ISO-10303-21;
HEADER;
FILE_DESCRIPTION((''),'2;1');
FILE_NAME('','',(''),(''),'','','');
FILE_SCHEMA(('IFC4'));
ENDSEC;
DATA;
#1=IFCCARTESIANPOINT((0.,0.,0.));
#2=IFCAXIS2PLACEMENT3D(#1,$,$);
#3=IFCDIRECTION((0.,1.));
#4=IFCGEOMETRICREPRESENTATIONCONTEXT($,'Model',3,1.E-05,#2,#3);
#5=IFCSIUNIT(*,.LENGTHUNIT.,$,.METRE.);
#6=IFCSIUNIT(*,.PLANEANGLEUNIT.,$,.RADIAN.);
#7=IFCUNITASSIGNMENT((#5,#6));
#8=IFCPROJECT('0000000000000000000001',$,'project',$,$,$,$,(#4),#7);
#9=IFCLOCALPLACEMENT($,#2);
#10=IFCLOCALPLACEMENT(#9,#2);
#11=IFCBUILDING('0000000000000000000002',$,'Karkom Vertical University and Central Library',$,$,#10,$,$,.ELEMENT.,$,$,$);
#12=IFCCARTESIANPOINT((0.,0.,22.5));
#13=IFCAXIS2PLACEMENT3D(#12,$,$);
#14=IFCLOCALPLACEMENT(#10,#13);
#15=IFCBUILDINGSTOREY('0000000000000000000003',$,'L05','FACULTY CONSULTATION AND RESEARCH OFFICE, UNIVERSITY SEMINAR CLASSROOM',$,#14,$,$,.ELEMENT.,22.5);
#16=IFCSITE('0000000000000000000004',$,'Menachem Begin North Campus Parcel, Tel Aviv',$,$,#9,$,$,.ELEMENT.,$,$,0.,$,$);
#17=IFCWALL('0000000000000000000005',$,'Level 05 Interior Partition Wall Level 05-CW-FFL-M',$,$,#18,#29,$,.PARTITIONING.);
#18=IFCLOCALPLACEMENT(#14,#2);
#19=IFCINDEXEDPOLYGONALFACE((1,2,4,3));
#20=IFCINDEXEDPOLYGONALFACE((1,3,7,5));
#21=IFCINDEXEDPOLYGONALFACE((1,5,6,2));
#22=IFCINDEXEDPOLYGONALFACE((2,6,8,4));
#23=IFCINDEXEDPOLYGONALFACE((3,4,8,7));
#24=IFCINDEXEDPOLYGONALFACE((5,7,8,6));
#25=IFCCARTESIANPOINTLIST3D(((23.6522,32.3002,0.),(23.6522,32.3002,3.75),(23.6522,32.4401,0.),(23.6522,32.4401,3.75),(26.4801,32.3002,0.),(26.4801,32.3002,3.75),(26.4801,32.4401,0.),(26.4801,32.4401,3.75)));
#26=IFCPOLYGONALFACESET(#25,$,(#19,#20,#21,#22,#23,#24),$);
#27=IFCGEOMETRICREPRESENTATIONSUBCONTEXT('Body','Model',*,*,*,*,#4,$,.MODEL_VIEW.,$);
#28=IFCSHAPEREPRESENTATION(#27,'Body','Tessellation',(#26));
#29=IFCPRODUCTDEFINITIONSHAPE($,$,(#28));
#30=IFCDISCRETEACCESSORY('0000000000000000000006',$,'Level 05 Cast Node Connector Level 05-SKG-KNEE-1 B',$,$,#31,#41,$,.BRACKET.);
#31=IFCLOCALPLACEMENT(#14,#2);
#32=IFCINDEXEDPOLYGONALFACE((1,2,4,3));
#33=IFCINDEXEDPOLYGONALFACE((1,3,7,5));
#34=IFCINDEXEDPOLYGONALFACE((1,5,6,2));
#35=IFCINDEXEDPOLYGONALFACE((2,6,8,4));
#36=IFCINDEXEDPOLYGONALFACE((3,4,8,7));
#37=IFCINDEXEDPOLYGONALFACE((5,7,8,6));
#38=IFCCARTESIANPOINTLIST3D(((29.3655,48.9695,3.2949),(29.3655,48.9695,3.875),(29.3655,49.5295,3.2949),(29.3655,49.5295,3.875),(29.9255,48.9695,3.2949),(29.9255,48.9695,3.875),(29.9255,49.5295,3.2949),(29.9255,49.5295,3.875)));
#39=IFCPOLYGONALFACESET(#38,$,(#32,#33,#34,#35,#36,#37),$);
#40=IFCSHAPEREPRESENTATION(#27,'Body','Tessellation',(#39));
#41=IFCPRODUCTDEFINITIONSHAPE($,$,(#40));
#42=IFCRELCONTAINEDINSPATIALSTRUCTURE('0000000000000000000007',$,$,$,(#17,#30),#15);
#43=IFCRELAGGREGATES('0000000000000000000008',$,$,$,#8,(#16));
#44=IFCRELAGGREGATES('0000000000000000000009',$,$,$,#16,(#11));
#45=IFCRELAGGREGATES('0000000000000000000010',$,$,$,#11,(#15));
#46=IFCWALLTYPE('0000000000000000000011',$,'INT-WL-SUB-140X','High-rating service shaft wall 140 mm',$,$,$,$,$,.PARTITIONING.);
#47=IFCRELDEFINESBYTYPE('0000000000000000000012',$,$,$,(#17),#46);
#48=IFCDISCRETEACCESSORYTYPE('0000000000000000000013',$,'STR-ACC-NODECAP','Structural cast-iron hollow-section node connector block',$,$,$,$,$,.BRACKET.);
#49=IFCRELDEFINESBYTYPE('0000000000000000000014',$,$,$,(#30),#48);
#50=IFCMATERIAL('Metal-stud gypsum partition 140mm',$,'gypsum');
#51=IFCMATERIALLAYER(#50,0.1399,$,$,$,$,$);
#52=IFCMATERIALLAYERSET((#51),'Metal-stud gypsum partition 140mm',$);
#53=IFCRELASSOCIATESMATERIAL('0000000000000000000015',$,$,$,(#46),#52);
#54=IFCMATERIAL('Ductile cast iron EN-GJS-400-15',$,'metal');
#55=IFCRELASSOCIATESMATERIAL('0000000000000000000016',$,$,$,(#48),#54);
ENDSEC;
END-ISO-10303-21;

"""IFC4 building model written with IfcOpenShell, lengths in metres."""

from ifc_helpers import new_model, si_unit, direction, frame, frame_2d, origin, origin_with_axes, origin_2d, place, context, subcontext, project, spatial, rectangle, extrude, source, transform, mapped, material, layer, layer_set, type_object, element, save


model = new_model("IFC4")

# Units and contexts
model_context = context("Model", 3, precision=1e-05, world=origin(), true_north=direction((0.0, 1.0)))
body_context = subcontext(model_context, "Body", "Model", "MODEL_VIEW")
ifc_project = project(units=[si_unit("LENGTHUNIT", "METRE"), si_unit("PLANEANGLEUNIT", "RADIAN")], contexts=[model_context])

# Site, building, storey
site_placement = place(None, origin())
site = spatial("IfcSite", under=ifc_project, at=site_placement, Name="Menachem Begin North Campus Parcel, Tel Aviv", CompositionType="ELEMENT", RefElevation=0.0)
building_placement = place(site_placement, origin())
building = spatial("IfcBuilding", under=site, at=building_placement, Name="Karkom Vertical University and Central Library", CompositionType="ELEMENT")
storey_placement = place(building_placement, frame((0.0, 0.0, 22.5)))
storey = spatial("IfcBuildingStorey", under=building, at=storey_placement, Name="L05", Description="FACULTY CONSULTATION AND RESEARCH OFFICE, UNIVERSITY SEMINAR CLASSROOM", CompositionType="ELEMENT", Elevation=22.5)

# Wall
ifc_material_1 = material(Name="Metal-stud gypsum partition 140mm", Category="gypsum")
ifc_layer_1 = layer(ifc_material_1, 0.1399)
ifc_layer_set_1 = layer_set([ifc_layer_1], Name="Metal-stud gypsum partition 140mm")
wall_type_1 = type_object("IfcWallType", Name="INT-WL-SUB-140X", Description="High-rating service shaft wall 140 mm", PredefinedType="PARTITIONING", material=ifc_layer_set_1)
wall_1_placement = place(storey_placement, frame((23.6521, 32.3701, 0.0), z_axis=(0.0, 0.0, 1.0), x_axis=(1.0, 0.0, 0.0)))
element("IfcWall", 1, at=wall_1_placement, inside=storey, type_object=wall_type_1, Name="Level 05 Interior Partition Wall Level 05-CW-FFL-M", PredefinedType="PARTITIONING", context=body_context, shape_type="SweptSolid", body=[
    extrude(rectangle(XDim=2.8279, YDim=0.1399, at=frame_2d((1.4141, 0.0))), origin(), (0.0, 0.0, 1.0), 3.75),
])

# Discrete accessory
ifc_material_2 = material(Name="Ductile cast iron EN-GJS-400-15", Category="metal")
discrete_accessory_type = type_object("IfcDiscreteAccessoryType", Name="STR-ACC-NODECAP", Description="Structural cast-iron hollow-section node connector block", PredefinedType="BRACKET", material=ifc_material_2)
shared_shape_1 = source(origin_with_axes(), body_context, "Body", "SweptSolid", [
    extrude(rectangle(XDim=0.5601, YDim=0.5601, at=origin_2d()), origin(), (0.0, 0.0, 1.0), 0.5801),
])
discrete_accessory_placement = place(storey_placement, frame((29.6455, 49.2495, 3.2949), z_axis=(0.0, 0.0, 1.0), x_axis=(1.0, 0.0, 0.0)))
element("IfcDiscreteAccessory", 2, at=discrete_accessory_placement, inside=storey, type_object=discrete_accessory_type, Name="Level 05 Cast Node Connector Level 05-SKG-KNEE-1 B", PredefinedType="BRACKET", context=body_context, shape_type="MappedRepresentation", body=[
    mapped(shared_shape_1, transform((0.0, 0.0, 0.0), scale=1.0)),
])

save(model, "model.ifc")
